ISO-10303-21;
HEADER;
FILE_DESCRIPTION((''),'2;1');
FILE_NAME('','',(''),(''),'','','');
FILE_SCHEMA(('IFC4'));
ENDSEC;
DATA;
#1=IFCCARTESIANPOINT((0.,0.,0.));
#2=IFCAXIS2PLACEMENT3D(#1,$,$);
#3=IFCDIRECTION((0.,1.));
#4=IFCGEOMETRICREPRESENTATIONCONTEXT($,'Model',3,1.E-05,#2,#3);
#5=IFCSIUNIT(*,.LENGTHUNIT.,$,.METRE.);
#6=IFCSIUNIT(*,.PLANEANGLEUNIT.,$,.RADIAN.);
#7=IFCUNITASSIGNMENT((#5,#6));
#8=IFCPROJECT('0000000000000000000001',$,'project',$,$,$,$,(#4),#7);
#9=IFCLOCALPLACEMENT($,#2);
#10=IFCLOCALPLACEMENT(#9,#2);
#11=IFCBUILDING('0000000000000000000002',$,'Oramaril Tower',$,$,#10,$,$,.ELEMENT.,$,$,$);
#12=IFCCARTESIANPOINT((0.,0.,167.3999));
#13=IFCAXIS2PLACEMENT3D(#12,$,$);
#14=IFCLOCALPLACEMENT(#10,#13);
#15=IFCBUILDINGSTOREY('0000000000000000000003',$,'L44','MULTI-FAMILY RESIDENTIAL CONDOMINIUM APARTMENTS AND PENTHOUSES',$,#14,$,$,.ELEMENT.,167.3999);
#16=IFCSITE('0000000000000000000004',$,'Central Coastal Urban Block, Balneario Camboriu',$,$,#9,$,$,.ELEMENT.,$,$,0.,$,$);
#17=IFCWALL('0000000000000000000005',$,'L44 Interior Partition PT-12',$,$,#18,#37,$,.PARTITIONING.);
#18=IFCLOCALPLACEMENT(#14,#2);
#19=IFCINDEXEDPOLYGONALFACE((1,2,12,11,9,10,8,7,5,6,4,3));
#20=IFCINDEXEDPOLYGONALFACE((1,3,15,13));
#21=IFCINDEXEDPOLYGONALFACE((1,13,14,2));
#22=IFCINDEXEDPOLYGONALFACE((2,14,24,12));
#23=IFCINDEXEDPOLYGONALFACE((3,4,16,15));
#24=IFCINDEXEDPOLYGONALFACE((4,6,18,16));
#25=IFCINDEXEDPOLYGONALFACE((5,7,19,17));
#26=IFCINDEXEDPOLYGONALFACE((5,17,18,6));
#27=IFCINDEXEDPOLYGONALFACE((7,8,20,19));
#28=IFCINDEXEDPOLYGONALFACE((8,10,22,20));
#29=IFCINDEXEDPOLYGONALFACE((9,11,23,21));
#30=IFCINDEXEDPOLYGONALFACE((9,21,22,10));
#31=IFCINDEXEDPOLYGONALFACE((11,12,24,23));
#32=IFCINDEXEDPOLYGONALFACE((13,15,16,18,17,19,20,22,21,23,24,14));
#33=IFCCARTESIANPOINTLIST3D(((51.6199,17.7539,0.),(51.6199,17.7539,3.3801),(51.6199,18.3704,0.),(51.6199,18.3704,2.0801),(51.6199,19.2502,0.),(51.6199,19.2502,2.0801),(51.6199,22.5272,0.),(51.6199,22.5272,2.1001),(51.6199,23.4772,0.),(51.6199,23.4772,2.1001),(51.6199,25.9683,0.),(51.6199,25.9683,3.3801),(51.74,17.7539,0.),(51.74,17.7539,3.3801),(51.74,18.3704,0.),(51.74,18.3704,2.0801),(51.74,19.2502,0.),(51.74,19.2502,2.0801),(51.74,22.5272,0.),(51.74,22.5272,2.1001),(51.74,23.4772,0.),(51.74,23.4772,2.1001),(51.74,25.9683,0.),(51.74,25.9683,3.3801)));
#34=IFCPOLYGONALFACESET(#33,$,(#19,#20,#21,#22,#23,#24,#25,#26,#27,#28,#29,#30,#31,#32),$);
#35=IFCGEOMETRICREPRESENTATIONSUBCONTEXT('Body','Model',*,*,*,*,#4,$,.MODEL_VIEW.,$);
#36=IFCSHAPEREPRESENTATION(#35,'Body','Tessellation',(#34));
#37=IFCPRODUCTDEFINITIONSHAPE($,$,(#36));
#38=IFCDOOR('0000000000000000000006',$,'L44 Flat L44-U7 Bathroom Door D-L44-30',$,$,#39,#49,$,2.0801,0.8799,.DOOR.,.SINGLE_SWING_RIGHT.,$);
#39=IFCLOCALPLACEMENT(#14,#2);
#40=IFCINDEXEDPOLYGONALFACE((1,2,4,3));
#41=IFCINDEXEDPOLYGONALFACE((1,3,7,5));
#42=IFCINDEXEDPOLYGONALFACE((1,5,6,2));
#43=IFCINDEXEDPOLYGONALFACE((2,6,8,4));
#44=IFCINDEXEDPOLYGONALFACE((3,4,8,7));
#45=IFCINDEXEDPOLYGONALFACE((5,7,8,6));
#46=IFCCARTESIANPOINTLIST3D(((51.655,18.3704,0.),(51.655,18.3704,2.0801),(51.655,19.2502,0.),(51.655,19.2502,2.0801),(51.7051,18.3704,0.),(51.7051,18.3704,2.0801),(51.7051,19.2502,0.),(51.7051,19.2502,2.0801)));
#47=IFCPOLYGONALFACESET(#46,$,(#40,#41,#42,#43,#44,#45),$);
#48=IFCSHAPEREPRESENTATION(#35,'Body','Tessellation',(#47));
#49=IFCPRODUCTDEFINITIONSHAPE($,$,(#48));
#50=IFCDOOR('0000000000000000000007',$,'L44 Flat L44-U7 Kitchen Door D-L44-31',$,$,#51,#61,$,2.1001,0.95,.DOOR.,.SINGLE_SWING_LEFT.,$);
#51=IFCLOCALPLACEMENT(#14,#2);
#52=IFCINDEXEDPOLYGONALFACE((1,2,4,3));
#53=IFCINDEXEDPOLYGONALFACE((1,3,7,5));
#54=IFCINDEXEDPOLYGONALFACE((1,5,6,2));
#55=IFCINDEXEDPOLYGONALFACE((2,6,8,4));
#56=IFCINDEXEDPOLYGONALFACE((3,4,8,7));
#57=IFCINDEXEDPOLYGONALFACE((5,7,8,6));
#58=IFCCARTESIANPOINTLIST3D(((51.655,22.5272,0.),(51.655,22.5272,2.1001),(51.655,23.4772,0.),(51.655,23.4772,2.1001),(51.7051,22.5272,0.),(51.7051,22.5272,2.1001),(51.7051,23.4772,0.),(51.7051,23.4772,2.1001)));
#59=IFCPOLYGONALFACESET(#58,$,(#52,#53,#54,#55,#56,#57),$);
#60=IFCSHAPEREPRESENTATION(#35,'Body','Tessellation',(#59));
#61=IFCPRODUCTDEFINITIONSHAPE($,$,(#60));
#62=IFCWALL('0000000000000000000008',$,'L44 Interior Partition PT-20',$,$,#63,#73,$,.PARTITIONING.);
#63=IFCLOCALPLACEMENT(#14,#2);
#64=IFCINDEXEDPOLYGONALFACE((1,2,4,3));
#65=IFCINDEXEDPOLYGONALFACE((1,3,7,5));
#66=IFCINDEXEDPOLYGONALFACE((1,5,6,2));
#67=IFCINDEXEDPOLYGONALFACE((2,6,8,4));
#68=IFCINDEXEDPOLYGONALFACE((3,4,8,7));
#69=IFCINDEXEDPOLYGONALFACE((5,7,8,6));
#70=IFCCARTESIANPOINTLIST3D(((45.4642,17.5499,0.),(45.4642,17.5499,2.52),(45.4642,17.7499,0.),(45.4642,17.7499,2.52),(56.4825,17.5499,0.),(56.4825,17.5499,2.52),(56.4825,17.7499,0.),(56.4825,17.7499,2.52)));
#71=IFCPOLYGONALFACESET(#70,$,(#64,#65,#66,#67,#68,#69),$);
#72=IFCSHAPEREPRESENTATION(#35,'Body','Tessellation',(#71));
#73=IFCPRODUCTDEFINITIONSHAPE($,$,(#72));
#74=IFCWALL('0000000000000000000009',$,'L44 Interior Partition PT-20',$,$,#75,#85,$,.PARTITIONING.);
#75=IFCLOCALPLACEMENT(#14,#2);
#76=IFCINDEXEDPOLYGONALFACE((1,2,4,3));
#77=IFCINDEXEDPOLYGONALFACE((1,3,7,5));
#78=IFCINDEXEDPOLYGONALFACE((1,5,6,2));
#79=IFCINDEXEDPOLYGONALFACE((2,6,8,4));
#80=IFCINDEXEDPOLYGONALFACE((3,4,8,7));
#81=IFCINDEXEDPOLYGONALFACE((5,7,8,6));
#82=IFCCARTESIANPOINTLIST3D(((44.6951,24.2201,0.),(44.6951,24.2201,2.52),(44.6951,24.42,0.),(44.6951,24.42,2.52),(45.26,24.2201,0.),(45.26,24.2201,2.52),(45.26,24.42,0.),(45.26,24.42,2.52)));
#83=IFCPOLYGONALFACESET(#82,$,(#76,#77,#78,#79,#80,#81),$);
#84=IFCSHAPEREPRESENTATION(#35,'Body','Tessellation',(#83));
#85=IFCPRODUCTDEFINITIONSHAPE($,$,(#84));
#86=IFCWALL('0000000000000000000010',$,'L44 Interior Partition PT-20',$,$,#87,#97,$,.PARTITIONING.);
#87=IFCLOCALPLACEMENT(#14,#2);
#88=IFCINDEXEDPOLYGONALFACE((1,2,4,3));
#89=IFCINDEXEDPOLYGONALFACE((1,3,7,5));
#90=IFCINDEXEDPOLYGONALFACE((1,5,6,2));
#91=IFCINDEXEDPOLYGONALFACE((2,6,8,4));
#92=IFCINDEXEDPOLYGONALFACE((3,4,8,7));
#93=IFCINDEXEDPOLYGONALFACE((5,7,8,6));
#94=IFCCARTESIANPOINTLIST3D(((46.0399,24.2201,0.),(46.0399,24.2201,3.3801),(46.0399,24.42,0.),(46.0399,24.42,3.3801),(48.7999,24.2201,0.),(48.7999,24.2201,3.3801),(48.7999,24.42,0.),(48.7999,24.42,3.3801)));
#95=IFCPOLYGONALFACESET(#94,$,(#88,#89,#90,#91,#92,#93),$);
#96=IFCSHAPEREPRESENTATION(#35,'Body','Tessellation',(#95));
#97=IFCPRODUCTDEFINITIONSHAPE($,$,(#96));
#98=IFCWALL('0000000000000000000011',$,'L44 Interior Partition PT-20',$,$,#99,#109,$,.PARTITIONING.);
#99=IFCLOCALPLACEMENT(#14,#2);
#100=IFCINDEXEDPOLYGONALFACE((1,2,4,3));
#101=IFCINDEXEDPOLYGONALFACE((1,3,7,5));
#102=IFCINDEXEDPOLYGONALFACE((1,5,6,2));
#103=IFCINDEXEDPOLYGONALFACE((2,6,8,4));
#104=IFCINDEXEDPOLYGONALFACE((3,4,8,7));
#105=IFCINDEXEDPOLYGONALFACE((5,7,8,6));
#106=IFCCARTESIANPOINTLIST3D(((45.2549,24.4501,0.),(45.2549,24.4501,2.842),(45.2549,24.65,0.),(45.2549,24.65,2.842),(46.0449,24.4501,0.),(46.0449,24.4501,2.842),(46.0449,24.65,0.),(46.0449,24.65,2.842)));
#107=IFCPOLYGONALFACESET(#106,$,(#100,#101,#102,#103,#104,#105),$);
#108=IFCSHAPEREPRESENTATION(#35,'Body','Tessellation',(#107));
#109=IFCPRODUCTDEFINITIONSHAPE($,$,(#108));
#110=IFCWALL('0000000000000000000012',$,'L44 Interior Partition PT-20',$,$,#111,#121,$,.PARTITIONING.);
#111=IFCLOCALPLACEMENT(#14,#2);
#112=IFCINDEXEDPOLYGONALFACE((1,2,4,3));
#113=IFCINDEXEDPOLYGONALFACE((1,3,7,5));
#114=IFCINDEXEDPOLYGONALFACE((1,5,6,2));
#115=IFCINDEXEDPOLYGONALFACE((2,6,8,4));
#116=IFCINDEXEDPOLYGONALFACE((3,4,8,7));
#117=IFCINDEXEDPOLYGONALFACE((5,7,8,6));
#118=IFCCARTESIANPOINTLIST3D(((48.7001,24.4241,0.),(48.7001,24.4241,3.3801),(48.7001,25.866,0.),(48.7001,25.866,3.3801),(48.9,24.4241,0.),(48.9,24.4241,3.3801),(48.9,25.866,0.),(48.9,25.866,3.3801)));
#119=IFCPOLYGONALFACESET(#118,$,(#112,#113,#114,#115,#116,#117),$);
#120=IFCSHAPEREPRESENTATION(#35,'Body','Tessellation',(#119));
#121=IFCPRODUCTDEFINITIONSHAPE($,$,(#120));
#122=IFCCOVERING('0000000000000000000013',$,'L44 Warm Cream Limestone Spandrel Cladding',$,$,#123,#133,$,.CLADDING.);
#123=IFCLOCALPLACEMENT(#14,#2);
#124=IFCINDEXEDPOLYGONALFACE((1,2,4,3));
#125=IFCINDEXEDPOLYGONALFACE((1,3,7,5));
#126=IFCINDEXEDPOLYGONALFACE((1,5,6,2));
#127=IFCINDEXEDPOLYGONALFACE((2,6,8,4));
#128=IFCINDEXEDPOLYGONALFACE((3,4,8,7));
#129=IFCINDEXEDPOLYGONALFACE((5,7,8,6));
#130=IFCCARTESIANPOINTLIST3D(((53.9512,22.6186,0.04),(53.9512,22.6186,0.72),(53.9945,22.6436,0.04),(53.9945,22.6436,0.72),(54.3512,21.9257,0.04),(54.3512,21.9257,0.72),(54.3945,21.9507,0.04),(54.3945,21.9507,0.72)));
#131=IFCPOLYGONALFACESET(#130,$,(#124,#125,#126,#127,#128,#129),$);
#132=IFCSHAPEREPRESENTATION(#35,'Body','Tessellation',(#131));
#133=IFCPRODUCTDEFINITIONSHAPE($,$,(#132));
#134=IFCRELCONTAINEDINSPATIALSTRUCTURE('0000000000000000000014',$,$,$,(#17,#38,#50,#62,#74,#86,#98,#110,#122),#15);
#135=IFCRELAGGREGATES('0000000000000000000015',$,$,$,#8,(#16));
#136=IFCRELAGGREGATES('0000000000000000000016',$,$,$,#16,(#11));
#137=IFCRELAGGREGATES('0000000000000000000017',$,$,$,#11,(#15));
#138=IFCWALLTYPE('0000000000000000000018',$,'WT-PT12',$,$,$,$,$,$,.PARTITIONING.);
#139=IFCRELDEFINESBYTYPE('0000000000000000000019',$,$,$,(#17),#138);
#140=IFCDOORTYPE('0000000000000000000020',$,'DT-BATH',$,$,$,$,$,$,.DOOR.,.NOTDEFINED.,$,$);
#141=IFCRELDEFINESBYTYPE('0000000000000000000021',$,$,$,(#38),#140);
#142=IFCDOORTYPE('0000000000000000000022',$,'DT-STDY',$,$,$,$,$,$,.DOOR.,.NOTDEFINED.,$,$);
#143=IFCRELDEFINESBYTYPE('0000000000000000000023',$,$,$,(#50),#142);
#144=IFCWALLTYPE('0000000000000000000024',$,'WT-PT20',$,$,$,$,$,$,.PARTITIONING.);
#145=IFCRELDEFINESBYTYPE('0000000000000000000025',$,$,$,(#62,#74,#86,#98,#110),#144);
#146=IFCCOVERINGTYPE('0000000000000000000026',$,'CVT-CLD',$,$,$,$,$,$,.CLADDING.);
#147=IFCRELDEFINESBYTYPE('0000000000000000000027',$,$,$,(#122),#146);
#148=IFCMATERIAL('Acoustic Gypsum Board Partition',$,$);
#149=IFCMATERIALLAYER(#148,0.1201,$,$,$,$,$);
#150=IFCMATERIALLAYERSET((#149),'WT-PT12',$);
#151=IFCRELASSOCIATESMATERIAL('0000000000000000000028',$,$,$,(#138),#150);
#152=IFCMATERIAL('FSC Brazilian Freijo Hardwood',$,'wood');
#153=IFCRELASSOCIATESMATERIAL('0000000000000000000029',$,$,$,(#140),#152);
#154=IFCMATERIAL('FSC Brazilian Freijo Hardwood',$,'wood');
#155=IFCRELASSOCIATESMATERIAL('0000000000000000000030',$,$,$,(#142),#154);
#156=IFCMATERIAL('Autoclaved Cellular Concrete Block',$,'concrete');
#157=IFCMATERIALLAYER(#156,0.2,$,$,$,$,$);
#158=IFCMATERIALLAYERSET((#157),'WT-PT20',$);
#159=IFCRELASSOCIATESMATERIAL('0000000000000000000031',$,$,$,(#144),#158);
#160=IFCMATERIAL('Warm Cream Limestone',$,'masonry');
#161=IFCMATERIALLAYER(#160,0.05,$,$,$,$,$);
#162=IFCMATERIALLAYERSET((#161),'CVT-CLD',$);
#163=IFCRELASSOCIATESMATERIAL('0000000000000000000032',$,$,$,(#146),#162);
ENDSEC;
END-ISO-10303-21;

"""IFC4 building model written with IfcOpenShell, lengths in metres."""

from ifc_helpers import new_model, si_unit, direction, frame, frame_2d, origin, origin_2d, place, context, subcontext, project, spatial, rectangle, extrude, material, layer, layer_set, type_object, element, fill, save


model = new_model("IFC4")

# Units and contexts
model_context = context("Model", 3, precision=1e-05, world=origin(), true_north=direction((0.0, 1.0)))
body_context = subcontext(model_context, "Body", "Model", "MODEL_VIEW")
ifc_project = project(units=[si_unit("LENGTHUNIT", "METRE"), si_unit("PLANEANGLEUNIT", "RADIAN")], contexts=[model_context])

# Site, building, storey
site_placement = place(None, origin())
site = spatial("IfcSite", under=ifc_project, at=site_placement, Name="Central Coastal Urban Block, Balneario Camboriu", CompositionType="ELEMENT", RefElevation=0.0)
building_placement = place(site_placement, origin())
building = spatial("IfcBuilding", under=site, at=building_placement, Name="Oramaril Tower", CompositionType="ELEMENT")
storey_placement = place(building_placement, frame((0.0, 0.0, 167.3999)))
storey = spatial("IfcBuildingStorey", under=building, at=storey_placement, Name="L44", Description="MULTI-FAMILY RESIDENTIAL CONDOMINIUM APARTMENTS AND PENTHOUSES", CompositionType="ELEMENT", Elevation=167.3999)

# Wall, openings, doors
ifc_material_1 = material(Name="Acoustic Gypsum Board Partition")
ifc_layer_1 = layer(ifc_material_1, 0.1201)
ifc_layer_set_1 = layer_set([ifc_layer_1], Name="WT-PT12")
wall_type_1 = type_object("IfcWallType", Name="WT-PT12", PredefinedType="PARTITIONING", material=ifc_layer_set_1)
wall_1_placement = place(storey_placement, frame((51.6799, 17.7539, 0.0), z_axis=(0.0, 0.0, 1.0), x_axis=(0.0, 1.0, 0.0)))
wall_1 = element("IfcWall", 1, at=wall_1_placement, inside=storey, type_object=wall_type_1, Name="L44 Interior Partition PT-12", PredefinedType="PARTITIONING", context=body_context, shape_type="SweptSolid", body=[
    extrude(rectangle(XDim=8.2144, YDim=0.1201, at=frame_2d((4.1072, 0.0))), origin(), (0.0, 0.0, 1.0), 3.3801),
])
opening_1_placement = place(wall_1_placement, frame((0.6165, 0.0, 0.0)))
opening_1 = element("IfcOpeningElement", 2, at=opening_1_placement, cuts=wall_1, PredefinedType="OPENING", context=body_context, shape_type="SweptSolid", body=[
    extrude(rectangle(XDim=0.8799, YDim=2.0801, at=frame_2d((0.4399, 1.04))), frame((0.0, 0.0601, 0.0), z_axis=(0.0, -1.0, 0.0), x_axis=(1.0, 0.0, 0.0)), (0.0, 0.0, 1.0), 0.1201),
])
opening_2_placement = place(wall_1_placement, frame((4.7732, 0.0, 0.0)))
opening_2 = element("IfcOpeningElement", 3, at=opening_2_placement, cuts=wall_1, PredefinedType="OPENING", context=body_context, shape_type="SweptSolid", body=[
    extrude(rectangle(XDim=0.95, YDim=2.1001, at=frame_2d((0.4751, 1.05))), frame((0.0, 0.0601, 0.0), z_axis=(0.0, -1.0, 0.0), x_axis=(1.0, 0.0, 0.0)), (0.0, 0.0, 1.0), 0.1201),
])
ifc_material_2 = material(Name="FSC Brazilian Freijo Hardwood", Category="wood")
door_type_1 = type_object("IfcDoorType", Name="DT-BATH", OperationType="NOTDEFINED", PredefinedType="DOOR", material=ifc_material_2)
door_1_placement = place(opening_1_placement, origin())
door_1 = element("IfcDoor", 4, at=door_1_placement, inside=storey, type_object=door_type_1, Name="L44 Flat L44-U7 Bathroom Door D-L44-30", OperationType="SINGLE_SWING_RIGHT", OverallHeight=2.0801, OverallWidth=0.8799, PredefinedType="DOOR", context=body_context, shape_type="SweptSolid", body=[
    extrude(rectangle(XDim=0.8799, YDim=2.0801, at=frame_2d((0.4399, 1.04))), frame((0.0, 0.0249, 0.0), z_axis=(0.0, -1.0, 0.0), x_axis=(1.0, 0.0, 0.0)), (0.0, 0.0, 1.0), 0.05),
])
fill(opening_1, door_1)
ifc_material_3 = material(Name="FSC Brazilian Freijo Hardwood", Category="wood")
door_type_2 = type_object("IfcDoorType", Name="DT-STDY", OperationType="NOTDEFINED", PredefinedType="DOOR", material=ifc_material_3)
door_2_placement = place(opening_2_placement, origin())
door_2 = element("IfcDoor", 5, at=door_2_placement, inside=storey, type_object=door_type_2, Name="L44 Flat L44-U7 Kitchen Door D-L44-31", OperationType="SINGLE_SWING_LEFT", OverallHeight=2.1001, OverallWidth=0.95, PredefinedType="DOOR", context=body_context, shape_type="SweptSolid", body=[
    extrude(rectangle(XDim=0.95, YDim=2.1001, at=frame_2d((0.4751, 1.05))), frame((0.0, 0.0249, 0.0), z_axis=(0.0, -1.0, 0.0), x_axis=(1.0, 0.0, 0.0)), (0.0, 0.0, 1.0), 0.05),
])
fill(opening_2, door_2)

# Walls
ifc_material_4 = material(Name="Autoclaved Cellular Concrete Block", Category="concrete")
ifc_layer_2 = layer(ifc_material_4, 0.2)
ifc_layer_set_2 = layer_set([ifc_layer_2], Name="WT-PT20")
wall_type_2 = type_object("IfcWallType", Name="WT-PT20", PredefinedType="PARTITIONING", material=ifc_layer_set_2)
wall_2_placement = place(storey_placement, frame((45.4641, 17.6499, 0.0), z_axis=(0.0, 0.0, 1.0), x_axis=(1.0, 0.0, 0.0)))
element("IfcWall", 6, at=wall_2_placement, inside=storey, type_object=wall_type_2, Name="L44 Interior Partition PT-20", PredefinedType="PARTITIONING", context=body_context, shape_type="SweptSolid", body=[
    extrude(rectangle(XDim=11.0183, YDim=0.2, at=frame_2d((5.5093, 0.0))), origin(), (0.0, 0.0, 1.0), 2.52),
])
wall_3_placement = place(storey_placement, frame((44.6951, 24.3201, 0.0), z_axis=(0.0, 0.0, 1.0), x_axis=(1.0, 0.0, 0.0)))
element("IfcWall", 7, at=wall_3_placement, inside=storey, type_object=wall_type_2, Name="L44 Interior Partition PT-20", PredefinedType="PARTITIONING", context=body_context, shape_type="SweptSolid", body=[
    extrude(rectangle(XDim=0.5649, YDim=0.2, at=frame_2d((0.2825, 0.0))), origin(), (0.0, 0.0, 1.0), 2.52),
])
wall_4_placement = place(storey_placement, frame((46.04, 24.3201, 0.0), z_axis=(0.0, 0.0, 1.0), x_axis=(1.0, 0.0, 0.0)))
element("IfcWall", 8, at=wall_4_placement, inside=storey, type_object=wall_type_2, Name="L44 Interior Partition PT-20", PredefinedType="PARTITIONING", context=body_context, shape_type="SweptSolid", body=[
    extrude(rectangle(XDim=2.76, YDim=0.2, at=frame_2d((1.3799, 0.0))), origin(), (0.0, 0.0, 1.0), 3.3801),
])
wall_5_placement = place(storey_placement, frame((45.2549, 24.55, 0.0), z_axis=(0.0, 0.0, 1.0), x_axis=(1.0, 0.0, 0.0)))
element("IfcWall", 9, at=wall_5_placement, inside=storey, type_object=wall_type_2, Name="L44 Interior Partition PT-20", PredefinedType="PARTITIONING", context=body_context, shape_type="SweptSolid", body=[
    extrude(rectangle(XDim=0.79, YDim=0.2, at=frame_2d((0.395, 0.0))), origin(), (0.0, 0.0, 1.0), 2.842),
])
wall_6_placement = place(storey_placement, frame((48.8, 24.4241, 0.0), z_axis=(0.0, 0.0, 1.0), x_axis=(0.0, 1.0, 0.0)))
element("IfcWall", 10, at=wall_6_placement, inside=storey, type_object=wall_type_2, Name="L44 Interior Partition PT-20", PredefinedType="PARTITIONING", context=body_context, shape_type="SweptSolid", body=[
    extrude(rectangle(XDim=1.4419, YDim=0.2, at=frame_2d((0.7209, 0.0))), origin(), (0.0, 0.0, 1.0), 3.3801),
])

# Covering
ifc_material_5 = material(Name="Warm Cream Limestone", Category="masonry")
ifc_layer_3 = layer(ifc_material_5, 0.05)
ifc_layer_set_3 = layer_set([ifc_layer_3], Name="CVT-CLD")
covering_type = type_object("IfcCoveringType", Name="CVT-CLD", PredefinedType="CLADDING", material=ifc_layer_set_3)
covering_placement = place(storey_placement, frame((54.1729, 22.2847, 0.04), z_axis=(0.0, 0.0, 1.0), x_axis=(-0.5, 0.866025, 0.0)))
element("IfcCovering", 11, at=covering_placement, inside=storey, type_object=covering_type, Name="L44 Warm Cream Limestone Spandrel Cladding", PredefinedType="CLADDING", context=body_context, shape_type="SweptSolid", body=[
    extrude(rectangle(XDim=0.8, YDim=0.05, at=origin_2d()), origin(), (0.0, 0.0, 1.0), 0.6799),
])

save(model, "model.ifc")
